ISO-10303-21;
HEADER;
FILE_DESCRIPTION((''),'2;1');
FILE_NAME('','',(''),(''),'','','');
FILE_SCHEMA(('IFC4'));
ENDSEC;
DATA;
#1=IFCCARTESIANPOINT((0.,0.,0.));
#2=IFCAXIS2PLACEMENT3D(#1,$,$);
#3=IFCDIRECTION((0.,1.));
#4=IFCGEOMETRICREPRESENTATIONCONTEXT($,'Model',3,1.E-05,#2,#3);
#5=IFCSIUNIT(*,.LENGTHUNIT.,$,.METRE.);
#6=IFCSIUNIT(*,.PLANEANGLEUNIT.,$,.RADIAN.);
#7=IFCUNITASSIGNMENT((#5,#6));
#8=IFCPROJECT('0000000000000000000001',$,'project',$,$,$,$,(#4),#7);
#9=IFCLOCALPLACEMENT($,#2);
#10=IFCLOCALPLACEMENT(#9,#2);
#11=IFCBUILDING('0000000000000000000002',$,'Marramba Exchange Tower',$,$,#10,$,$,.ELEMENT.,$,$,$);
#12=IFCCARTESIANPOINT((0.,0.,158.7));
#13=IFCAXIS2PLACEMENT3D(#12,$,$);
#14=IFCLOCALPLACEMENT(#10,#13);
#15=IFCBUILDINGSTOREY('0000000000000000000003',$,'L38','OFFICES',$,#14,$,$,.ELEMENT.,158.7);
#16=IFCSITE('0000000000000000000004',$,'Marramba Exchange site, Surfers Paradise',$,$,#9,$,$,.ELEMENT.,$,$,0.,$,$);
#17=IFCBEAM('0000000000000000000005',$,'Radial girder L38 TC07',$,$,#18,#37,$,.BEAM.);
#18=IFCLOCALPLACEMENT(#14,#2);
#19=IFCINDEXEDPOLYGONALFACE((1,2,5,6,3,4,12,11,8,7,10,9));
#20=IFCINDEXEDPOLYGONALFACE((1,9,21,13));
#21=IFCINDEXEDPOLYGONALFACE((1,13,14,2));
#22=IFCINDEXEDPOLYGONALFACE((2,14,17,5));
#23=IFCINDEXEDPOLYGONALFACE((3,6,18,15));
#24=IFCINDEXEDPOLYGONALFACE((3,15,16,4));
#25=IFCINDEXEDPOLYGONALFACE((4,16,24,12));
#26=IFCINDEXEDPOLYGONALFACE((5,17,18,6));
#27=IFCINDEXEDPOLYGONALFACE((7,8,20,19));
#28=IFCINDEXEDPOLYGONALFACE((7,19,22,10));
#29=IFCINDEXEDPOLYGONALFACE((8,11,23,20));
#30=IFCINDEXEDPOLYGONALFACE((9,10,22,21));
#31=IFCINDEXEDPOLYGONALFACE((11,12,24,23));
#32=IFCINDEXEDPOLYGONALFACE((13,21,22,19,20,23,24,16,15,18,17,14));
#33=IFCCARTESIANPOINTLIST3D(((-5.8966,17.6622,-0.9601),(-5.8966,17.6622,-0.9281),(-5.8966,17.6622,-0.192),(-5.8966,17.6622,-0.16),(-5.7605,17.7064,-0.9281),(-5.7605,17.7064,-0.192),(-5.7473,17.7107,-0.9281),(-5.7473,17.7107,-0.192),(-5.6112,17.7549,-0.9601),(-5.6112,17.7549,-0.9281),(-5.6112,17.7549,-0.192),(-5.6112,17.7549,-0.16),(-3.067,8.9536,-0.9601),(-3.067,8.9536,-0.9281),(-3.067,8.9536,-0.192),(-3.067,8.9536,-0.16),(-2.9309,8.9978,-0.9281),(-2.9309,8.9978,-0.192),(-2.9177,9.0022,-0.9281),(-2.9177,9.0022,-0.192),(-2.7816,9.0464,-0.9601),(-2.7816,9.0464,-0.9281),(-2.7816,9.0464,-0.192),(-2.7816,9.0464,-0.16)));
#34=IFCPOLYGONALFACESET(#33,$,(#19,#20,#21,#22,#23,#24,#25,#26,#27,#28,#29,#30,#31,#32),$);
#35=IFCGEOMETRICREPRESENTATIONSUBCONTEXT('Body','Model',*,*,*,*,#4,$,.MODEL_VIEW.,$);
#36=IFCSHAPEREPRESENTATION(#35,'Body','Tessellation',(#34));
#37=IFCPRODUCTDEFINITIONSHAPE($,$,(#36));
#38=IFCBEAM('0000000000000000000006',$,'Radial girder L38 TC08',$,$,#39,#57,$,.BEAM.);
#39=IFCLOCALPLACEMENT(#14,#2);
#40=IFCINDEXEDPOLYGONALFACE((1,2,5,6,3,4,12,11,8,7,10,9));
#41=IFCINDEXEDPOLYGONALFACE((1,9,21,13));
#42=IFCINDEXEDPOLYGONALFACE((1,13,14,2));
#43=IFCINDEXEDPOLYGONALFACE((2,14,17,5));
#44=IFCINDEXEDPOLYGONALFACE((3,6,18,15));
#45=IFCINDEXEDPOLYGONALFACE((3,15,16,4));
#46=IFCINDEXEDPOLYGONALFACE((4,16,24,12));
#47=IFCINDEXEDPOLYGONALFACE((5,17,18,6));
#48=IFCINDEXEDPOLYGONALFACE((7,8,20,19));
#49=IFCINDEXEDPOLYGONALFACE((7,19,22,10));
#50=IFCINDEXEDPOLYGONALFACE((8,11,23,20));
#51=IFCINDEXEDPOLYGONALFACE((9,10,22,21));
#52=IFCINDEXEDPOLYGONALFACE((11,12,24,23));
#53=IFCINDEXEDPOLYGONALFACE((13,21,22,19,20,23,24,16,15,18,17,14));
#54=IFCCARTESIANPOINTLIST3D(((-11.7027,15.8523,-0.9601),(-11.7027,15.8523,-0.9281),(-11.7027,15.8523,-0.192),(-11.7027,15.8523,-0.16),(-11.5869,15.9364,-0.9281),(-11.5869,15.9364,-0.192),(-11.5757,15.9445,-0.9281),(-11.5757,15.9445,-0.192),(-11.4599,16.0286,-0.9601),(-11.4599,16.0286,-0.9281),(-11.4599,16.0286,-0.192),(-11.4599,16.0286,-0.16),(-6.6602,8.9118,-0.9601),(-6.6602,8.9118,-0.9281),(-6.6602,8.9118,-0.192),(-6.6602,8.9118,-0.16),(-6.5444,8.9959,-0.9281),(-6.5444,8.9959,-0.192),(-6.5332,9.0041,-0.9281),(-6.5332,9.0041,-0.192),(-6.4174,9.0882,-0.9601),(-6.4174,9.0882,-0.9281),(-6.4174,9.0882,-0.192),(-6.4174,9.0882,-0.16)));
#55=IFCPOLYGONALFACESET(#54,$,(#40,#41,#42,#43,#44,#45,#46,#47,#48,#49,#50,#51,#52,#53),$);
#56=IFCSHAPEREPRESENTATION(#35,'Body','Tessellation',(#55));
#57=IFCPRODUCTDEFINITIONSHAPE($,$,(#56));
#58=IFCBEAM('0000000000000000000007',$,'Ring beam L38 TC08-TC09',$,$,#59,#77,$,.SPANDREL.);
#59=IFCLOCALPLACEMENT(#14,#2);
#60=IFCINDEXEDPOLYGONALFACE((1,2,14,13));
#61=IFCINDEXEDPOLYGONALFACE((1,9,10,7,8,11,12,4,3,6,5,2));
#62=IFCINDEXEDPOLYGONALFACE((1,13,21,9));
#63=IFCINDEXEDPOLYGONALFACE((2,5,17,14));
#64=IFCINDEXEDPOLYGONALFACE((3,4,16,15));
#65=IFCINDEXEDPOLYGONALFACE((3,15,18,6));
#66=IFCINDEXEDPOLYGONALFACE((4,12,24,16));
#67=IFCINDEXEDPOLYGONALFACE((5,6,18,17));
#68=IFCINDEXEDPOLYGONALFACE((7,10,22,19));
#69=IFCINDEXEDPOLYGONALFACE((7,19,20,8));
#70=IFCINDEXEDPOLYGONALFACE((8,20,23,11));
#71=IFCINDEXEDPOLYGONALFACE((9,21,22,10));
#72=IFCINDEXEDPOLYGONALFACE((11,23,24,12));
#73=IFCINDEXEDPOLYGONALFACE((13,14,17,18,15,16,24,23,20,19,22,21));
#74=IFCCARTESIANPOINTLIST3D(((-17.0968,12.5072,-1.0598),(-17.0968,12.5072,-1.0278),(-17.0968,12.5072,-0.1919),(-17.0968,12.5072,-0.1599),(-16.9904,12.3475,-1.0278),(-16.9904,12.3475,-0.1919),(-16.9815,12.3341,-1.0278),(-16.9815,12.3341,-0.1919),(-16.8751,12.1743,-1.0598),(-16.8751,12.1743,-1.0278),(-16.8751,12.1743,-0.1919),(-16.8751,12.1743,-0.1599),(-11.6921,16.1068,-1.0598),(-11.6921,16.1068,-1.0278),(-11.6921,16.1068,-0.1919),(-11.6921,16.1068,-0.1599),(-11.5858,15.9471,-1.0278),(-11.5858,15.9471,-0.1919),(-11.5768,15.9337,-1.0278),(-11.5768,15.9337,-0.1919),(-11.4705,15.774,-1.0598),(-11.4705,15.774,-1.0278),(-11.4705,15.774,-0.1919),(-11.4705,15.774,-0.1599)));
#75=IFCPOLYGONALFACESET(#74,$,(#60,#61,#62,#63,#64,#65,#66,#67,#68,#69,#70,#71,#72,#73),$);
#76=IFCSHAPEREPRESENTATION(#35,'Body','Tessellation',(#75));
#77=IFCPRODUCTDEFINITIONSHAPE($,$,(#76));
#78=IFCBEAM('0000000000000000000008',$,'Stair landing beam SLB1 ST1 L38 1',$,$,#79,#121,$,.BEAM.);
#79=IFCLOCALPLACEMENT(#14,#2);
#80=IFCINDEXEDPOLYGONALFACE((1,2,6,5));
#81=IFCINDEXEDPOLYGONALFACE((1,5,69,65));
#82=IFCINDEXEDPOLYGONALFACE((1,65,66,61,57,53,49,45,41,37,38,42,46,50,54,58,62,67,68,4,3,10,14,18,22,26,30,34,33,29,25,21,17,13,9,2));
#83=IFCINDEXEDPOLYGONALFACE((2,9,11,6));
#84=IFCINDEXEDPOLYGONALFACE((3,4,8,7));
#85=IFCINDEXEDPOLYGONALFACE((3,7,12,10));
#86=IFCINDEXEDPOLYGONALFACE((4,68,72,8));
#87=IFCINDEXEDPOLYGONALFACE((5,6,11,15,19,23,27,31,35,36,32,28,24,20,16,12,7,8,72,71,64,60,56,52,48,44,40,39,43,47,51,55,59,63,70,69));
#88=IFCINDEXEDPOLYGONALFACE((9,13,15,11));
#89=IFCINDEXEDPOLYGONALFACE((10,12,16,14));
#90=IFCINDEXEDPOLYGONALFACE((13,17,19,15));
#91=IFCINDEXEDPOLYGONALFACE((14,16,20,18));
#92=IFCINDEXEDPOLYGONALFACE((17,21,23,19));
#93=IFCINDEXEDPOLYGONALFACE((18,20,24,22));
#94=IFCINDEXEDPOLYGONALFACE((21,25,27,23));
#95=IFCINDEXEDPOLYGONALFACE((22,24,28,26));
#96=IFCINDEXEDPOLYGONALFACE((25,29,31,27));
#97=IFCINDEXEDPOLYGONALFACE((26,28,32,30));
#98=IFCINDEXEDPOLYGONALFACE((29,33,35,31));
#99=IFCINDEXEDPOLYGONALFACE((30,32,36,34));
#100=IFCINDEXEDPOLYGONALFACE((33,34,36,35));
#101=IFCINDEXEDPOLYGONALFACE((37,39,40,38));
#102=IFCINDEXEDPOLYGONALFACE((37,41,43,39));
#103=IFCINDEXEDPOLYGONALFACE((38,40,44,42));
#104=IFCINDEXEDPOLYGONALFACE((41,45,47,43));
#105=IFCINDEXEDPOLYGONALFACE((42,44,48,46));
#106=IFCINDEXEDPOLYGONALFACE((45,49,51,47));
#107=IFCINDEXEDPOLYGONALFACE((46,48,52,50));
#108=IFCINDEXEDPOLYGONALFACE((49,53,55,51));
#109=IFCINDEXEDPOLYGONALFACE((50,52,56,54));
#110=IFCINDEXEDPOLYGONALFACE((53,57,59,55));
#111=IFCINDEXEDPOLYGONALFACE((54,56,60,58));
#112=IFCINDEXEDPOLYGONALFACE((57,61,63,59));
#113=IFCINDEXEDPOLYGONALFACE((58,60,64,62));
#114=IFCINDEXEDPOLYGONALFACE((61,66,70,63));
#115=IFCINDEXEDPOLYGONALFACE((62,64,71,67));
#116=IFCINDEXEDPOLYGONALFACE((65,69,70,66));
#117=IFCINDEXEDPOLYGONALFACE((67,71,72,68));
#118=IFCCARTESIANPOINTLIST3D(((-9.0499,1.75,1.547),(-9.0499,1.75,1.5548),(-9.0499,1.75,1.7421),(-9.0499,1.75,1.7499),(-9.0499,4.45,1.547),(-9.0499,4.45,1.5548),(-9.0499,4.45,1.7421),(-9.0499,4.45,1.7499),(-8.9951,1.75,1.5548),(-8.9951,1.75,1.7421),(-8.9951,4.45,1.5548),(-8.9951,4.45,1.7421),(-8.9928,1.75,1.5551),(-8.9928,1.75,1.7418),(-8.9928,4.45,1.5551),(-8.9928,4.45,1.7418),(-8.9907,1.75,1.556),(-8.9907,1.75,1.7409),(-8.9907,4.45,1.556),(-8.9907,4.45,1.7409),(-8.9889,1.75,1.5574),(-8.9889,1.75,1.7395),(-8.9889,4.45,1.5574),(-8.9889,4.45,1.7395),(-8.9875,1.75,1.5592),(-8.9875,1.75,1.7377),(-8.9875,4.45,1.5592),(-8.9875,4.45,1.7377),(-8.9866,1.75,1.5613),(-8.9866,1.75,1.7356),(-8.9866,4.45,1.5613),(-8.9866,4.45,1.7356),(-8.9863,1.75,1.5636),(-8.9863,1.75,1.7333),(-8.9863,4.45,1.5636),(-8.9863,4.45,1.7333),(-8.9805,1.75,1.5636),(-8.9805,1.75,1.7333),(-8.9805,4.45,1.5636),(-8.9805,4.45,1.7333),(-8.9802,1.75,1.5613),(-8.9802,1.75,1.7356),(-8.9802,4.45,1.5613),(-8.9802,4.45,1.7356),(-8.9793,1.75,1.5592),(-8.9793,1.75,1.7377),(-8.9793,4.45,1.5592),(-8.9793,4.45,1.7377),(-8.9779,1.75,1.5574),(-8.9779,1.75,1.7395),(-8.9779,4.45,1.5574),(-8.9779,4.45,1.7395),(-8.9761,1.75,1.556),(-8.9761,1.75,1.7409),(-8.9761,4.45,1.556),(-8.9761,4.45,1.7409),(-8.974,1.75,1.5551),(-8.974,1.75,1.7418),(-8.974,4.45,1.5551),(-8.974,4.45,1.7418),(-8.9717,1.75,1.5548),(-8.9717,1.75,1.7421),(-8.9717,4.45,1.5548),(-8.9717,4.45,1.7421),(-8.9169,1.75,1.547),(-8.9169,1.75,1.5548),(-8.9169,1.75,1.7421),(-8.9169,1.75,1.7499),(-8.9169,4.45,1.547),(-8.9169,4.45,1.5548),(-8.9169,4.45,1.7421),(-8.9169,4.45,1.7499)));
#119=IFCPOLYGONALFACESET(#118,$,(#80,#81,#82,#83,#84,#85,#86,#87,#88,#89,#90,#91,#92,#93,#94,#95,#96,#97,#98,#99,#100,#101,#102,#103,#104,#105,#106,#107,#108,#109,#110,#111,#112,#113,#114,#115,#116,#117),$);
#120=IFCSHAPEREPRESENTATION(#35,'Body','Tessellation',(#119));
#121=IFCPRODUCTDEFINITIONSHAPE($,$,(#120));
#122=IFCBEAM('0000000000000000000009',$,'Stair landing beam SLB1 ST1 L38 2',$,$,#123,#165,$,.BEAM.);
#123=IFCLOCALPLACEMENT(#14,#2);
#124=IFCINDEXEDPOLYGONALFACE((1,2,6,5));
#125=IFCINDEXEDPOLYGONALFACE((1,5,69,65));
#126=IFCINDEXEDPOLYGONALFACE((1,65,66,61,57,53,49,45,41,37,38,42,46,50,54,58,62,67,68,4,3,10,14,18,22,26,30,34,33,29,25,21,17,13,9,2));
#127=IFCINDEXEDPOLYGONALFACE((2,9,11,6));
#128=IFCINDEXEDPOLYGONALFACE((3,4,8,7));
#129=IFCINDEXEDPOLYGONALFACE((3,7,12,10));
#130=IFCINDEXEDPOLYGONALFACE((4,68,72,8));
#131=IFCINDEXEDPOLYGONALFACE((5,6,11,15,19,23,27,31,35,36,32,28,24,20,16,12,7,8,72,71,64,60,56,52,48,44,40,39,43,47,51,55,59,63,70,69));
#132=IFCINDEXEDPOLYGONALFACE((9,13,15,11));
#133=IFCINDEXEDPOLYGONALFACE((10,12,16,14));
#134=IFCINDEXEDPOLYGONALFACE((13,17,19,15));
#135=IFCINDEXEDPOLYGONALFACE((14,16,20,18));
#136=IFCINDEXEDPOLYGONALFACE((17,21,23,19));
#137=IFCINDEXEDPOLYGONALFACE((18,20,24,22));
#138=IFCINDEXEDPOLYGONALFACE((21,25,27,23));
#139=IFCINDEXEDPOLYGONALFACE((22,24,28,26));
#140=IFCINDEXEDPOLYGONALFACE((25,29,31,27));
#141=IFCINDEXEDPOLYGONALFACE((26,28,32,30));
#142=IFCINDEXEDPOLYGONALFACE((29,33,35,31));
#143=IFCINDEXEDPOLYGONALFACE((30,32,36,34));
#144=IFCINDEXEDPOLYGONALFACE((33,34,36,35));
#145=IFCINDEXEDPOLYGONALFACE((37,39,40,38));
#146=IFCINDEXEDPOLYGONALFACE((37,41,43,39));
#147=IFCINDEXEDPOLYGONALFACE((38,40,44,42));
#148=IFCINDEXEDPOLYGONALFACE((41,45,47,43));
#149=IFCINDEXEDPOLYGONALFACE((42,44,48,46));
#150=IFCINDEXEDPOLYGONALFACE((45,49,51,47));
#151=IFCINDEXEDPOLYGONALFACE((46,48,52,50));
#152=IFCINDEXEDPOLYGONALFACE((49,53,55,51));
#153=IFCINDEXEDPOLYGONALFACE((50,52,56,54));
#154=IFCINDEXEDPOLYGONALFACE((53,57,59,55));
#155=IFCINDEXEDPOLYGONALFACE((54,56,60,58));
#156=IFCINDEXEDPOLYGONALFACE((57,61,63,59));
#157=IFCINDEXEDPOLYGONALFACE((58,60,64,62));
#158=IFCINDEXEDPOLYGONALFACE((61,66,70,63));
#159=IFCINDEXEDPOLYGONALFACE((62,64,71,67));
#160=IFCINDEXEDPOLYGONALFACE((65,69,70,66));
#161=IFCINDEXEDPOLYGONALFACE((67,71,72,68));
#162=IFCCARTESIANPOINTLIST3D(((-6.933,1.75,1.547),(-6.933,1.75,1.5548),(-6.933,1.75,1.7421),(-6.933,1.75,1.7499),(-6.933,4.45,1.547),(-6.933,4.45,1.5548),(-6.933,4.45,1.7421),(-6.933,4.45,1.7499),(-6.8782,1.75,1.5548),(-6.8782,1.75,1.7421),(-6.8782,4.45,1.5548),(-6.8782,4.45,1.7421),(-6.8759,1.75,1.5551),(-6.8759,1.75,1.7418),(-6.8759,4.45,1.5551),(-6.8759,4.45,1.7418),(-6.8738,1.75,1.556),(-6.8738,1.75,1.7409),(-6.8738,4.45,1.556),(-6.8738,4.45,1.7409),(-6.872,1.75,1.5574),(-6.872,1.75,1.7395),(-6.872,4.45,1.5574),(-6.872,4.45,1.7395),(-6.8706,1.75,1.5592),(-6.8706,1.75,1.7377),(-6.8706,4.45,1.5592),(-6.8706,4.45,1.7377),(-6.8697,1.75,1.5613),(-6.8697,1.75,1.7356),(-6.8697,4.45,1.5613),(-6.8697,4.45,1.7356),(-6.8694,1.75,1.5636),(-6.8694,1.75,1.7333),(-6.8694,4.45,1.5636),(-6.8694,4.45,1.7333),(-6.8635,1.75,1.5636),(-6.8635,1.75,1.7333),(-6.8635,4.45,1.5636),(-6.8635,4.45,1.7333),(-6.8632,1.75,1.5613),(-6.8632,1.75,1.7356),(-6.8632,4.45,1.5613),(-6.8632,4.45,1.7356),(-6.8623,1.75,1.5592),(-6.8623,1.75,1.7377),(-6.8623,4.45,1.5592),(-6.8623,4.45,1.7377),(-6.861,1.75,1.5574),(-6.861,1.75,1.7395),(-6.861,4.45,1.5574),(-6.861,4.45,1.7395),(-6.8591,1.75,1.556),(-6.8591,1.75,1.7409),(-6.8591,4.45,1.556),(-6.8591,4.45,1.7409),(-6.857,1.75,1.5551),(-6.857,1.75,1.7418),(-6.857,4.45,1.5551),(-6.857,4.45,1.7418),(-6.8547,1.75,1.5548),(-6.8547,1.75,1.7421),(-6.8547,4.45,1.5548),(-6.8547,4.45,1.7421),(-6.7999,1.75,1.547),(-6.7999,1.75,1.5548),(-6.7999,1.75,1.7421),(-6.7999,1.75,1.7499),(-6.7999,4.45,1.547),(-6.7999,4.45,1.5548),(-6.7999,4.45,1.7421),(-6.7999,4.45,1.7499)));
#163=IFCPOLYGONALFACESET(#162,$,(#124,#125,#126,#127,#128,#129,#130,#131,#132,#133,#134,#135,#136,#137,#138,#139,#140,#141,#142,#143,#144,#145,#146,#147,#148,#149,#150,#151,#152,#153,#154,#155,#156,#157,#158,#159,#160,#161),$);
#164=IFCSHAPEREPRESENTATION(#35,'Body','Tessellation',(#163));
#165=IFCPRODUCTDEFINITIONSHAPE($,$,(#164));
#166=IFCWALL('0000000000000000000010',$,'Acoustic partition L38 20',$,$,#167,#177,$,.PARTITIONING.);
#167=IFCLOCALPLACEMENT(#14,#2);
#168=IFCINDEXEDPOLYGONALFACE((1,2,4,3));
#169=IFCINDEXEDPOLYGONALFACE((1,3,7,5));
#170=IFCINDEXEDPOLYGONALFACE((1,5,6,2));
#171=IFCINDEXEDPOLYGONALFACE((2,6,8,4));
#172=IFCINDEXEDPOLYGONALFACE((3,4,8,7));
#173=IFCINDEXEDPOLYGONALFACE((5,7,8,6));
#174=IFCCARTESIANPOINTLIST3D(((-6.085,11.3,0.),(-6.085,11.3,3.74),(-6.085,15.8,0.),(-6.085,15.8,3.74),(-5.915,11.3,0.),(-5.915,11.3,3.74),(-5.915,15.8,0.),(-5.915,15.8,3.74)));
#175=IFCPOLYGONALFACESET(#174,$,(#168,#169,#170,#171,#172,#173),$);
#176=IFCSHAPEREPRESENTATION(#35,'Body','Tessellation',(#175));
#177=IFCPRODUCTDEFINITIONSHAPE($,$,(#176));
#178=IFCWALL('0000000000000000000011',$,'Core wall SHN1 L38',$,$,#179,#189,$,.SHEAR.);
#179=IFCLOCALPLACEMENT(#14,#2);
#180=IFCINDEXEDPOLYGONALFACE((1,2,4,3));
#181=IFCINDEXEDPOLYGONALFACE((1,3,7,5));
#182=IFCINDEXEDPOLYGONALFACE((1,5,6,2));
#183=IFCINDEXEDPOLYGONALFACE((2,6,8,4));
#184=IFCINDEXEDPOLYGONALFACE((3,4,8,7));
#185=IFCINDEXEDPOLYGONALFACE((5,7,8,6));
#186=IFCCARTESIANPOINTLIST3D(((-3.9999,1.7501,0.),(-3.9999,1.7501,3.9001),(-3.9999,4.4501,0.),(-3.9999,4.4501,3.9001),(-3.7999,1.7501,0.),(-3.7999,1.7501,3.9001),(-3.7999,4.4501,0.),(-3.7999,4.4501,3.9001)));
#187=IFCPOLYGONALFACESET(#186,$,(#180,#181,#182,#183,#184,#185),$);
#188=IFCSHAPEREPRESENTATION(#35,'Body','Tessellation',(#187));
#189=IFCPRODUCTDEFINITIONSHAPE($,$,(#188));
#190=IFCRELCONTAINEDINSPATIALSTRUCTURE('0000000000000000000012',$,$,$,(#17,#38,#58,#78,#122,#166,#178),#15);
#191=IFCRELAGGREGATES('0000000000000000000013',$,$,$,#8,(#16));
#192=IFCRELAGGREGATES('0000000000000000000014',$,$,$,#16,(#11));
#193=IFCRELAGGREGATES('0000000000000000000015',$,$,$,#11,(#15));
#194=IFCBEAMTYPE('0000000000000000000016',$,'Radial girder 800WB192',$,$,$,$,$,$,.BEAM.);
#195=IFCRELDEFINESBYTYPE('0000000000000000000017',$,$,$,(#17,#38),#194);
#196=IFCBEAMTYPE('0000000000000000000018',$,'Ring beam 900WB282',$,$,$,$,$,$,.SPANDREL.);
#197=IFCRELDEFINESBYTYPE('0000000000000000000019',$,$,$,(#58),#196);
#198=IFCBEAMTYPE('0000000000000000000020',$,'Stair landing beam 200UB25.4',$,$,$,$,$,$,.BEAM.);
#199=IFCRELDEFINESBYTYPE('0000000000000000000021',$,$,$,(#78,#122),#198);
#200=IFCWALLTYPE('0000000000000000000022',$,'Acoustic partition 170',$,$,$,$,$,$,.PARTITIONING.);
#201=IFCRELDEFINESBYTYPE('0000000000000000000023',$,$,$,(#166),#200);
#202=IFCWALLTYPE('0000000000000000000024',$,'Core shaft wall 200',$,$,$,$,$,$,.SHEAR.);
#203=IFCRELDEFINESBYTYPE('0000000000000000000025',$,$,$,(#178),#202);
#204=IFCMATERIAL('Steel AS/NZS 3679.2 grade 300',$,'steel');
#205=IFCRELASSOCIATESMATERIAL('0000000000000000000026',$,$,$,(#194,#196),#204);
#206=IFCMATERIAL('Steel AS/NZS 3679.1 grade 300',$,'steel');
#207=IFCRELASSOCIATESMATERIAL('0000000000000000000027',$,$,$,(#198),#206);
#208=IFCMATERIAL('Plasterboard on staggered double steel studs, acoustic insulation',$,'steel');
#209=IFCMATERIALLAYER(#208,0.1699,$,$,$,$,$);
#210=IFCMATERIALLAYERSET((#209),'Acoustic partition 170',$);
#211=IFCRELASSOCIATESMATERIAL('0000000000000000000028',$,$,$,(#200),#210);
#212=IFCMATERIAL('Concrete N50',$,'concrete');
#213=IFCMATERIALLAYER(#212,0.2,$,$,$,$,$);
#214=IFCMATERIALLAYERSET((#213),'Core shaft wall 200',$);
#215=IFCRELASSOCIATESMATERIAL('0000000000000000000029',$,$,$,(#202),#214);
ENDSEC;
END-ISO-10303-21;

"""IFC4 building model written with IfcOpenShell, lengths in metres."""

from ifc_helpers import new_model, si_unit, direction, frame, frame_2d, origin, origin_2d, place, context, subcontext, project, spatial, rectangle, i_section, extrude, material, layer, layer_set, material_profile, profile_set, type_object, element, save


model = new_model("IFC4")

# Units and contexts
model_context = context("Model", 3, precision=1e-05, world=origin(), true_north=direction((0.0, 1.0)))
body_context = subcontext(model_context, "Body", "Model", "MODEL_VIEW")
ifc_project = project(units=[si_unit("LENGTHUNIT", "METRE"), si_unit("PLANEANGLEUNIT", "RADIAN")], contexts=[model_context])

# Site, building, storey
site_placement = place(None, origin())
site = spatial("IfcSite", under=ifc_project, at=site_placement, Name="Marramba Exchange site, Surfers Paradise", CompositionType="ELEMENT", RefElevation=0.0)
building_placement = place(site_placement, origin())
building = spatial("IfcBuilding", under=site, at=building_placement, Name="Marramba Exchange Tower", CompositionType="ELEMENT")
storey_placement = place(building_placement, frame((0.0, 0.0, 158.7)))
storey = spatial("IfcBuildingStorey", under=building, at=storey_placement, Name="L38", Description="OFFICES", CompositionType="ELEMENT", Elevation=158.7)

# Shared definitions
ifc_material_1 = material(Name="Concrete N50", Category="concrete")

# Beams
ifc_material_2 = material(Name="Steel AS/NZS 3679.1 grade 300", Category="steel")
ifc_material_3 = material(Name="Steel AS/NZS 3679.2 grade 300", Category="steel")
ifc_material_profile_1 = material_profile(ifc_material_3, i_section(OverallWidth=0.3, OverallDepth=0.8, WebThickness=0.0139, FlangeThickness=0.032, at=origin_2d()), Name="800WB192")
ifc_profile_set_1 = profile_set([ifc_material_profile_1], Name="Steel AS/NZS 3679.2 grade 300")
beam_type_1 = type_object("IfcBeamType", Name="Radial girder 800WB192", PredefinedType="BEAM", material=ifc_profile_set_1)
beam_1_placement = place(storey_placement, frame((-2.9243, 9.0, -0.5601), z_axis=(-0.30902, 0.951056, 0.0), x_axis=(-0.951056, -0.30902, 0.0)))
element("IfcBeam", 1, at=beam_1_placement, inside=storey, type_object=beam_type_1, Name="Radial girder L38 TC07", PredefinedType="BEAM", context=body_context, shape_type="SweptSolid", body=[
    extrude(i_section(OverallWidth=0.3, OverallDepth=0.8, WebThickness=0.0139, FlangeThickness=0.032, at=origin_2d()), origin(), (0.0, 0.0, 1.0), 9.1567),
])
beam_2_placement = place(storey_placement, frame((-6.5388, 9.0, -0.5601), z_axis=(-0.587782, 0.809019, 0.0), x_axis=(-0.809019, -0.587782, 0.0)))
element("IfcBeam", 2, at=beam_2_placement, inside=storey, type_object=beam_type_1, Name="Radial girder L38 TC08", PredefinedType="BEAM", context=body_context, shape_type="SweptSolid", body=[
    extrude(i_section(OverallWidth=0.3, OverallDepth=0.8, WebThickness=0.0139, FlangeThickness=0.032, at=origin_2d()), origin(), (0.0, 0.0, 1.0), 8.5789),
])
ifc_material_profile_2 = material_profile(ifc_material_3, i_section(OverallWidth=0.3999, OverallDepth=0.8999, WebThickness=0.0161, FlangeThickness=0.032, at=origin_2d()), Name="900WB282")
ifc_profile_set_2 = profile_set([ifc_material_profile_2], Name="Steel AS/NZS 3679.2 grade 300")
beam_type_2 = type_object("IfcBeamType", Name="Ring beam 900WB282", PredefinedType="SPANDREL", material=ifc_profile_set_2)
beam_3_placement = place(storey_placement, frame((-11.5813, 15.9404, -0.6099), z_axis=(-0.832293, -0.554336, 0.0), x_axis=(0.554336, -0.832293, 0.0)))
element("IfcBeam", 3, at=beam_3_placement, inside=storey, type_object=beam_type_2, Name="Ring beam L38 TC08-TC09", PredefinedType="SPANDREL", context=body_context, shape_type="SweptSolid", body=[
    extrude(i_section(OverallWidth=0.3999, OverallDepth=0.8999, WebThickness=0.0161, FlangeThickness=0.032, at=origin_2d()), origin(), (0.0, 0.0, 1.0), 6.4937),
])
ifc_material_profile_3 = material_profile(ifc_material_2, i_section(OverallWidth=0.1331, OverallDepth=0.2029, WebThickness=0.0059, FlangeThickness=0.0078, FilletRadius=0.0088, at=origin_2d()), Name="200UB25.4")
ifc_profile_set_3 = profile_set([ifc_material_profile_3], Name="Steel AS/NZS 3679.1 grade 300")
beam_type_3 = type_object("IfcBeamType", Name="Stair landing beam 200UB25.4", PredefinedType="BEAM", material=ifc_profile_set_3)
for number, where, z_axis, x_axis, name in (
    (4, (-8.9834, 1.75, 1.6484), (0.0, 1.0, 0.0), (-1.0, 0.0, 0.0), "Stair landing beam SLB1 ST1 L38 1"),
    (5, (-6.8665, 1.75, 1.6484), (0.0, 1.0, 0.0), (-1.0, 0.0, 0.0), "Stair landing beam SLB1 ST1 L38 2"),
):
    element("IfcBeam", number, at=place(storey_placement, frame(where, z_axis=z_axis, x_axis=x_axis)), inside=storey, type_object=beam_type_3, Name=name, PredefinedType="BEAM", context=body_context, shape_type="SweptSolid", body=[
        extrude(i_section(OverallWidth=0.1331, OverallDepth=0.2029, WebThickness=0.0059, FlangeThickness=0.0078, FilletRadius=0.0088, at=origin_2d()), origin(), (0.0, 0.0, 1.0), 2.7),
    ])

# Walls
ifc_material_4 = material(Name="Plasterboard on staggered double steel studs, acoustic insulation", Category="steel")
ifc_layer_1 = layer(ifc_material_4, 0.1699)
ifc_layer_set_1 = layer_set([ifc_layer_1], Name="Acoustic partition 170")
wall_type_1 = type_object("IfcWallType", Name="Acoustic partition 170", PredefinedType="PARTITIONING", material=ifc_layer_set_1)
wall_1_placement = place(storey_placement, frame((-6.0, 15.8, 0.0), z_axis=(0.0, 0.0, 1.0), x_axis=(0.0, -1.0, 0.0)))
element("IfcWall", 6, at=wall_1_placement, inside=storey, type_object=wall_type_1, Name="Acoustic partition L38 20", PredefinedType="PARTITIONING", context=body_context, shape_type="SweptSolid", body=[
    extrude(rectangle(XDim=4.5, YDim=0.1699, at=frame_2d((2.25, 0.0))), origin(), (0.0, 0.0, 1.0), 3.74),
])
ifc_layer_2 = layer(ifc_material_1, 0.2)
ifc_layer_set_2 = layer_set([ifc_layer_2], Name="Core shaft wall 200")
wall_type_2 = type_object("IfcWallType", Name="Core shaft wall 200", PredefinedType="SHEAR", material=ifc_layer_set_2)
for number, where, z_axis, x_axis, name in (
    (7, (-3.8999, 1.75, 0.0), (0.0, 0.0, 1.0), (0.0, 1.0, 0.0), "Core wall SHN1 L38"),
):
    element("IfcWall", number, at=place(storey_placement, frame(where, z_axis=z_axis, x_axis=x_axis)), inside=storey, type_object=wall_type_2, Name=name, PredefinedType="SHEAR", context=body_context, shape_type="SweptSolid", body=[
        extrude(rectangle(XDim=2.7, YDim=0.2, at=frame_2d((1.3501, 0.0))), origin(), (0.0, 0.0, 1.0), 3.9001),
    ])

save(model, "model.ifc")
